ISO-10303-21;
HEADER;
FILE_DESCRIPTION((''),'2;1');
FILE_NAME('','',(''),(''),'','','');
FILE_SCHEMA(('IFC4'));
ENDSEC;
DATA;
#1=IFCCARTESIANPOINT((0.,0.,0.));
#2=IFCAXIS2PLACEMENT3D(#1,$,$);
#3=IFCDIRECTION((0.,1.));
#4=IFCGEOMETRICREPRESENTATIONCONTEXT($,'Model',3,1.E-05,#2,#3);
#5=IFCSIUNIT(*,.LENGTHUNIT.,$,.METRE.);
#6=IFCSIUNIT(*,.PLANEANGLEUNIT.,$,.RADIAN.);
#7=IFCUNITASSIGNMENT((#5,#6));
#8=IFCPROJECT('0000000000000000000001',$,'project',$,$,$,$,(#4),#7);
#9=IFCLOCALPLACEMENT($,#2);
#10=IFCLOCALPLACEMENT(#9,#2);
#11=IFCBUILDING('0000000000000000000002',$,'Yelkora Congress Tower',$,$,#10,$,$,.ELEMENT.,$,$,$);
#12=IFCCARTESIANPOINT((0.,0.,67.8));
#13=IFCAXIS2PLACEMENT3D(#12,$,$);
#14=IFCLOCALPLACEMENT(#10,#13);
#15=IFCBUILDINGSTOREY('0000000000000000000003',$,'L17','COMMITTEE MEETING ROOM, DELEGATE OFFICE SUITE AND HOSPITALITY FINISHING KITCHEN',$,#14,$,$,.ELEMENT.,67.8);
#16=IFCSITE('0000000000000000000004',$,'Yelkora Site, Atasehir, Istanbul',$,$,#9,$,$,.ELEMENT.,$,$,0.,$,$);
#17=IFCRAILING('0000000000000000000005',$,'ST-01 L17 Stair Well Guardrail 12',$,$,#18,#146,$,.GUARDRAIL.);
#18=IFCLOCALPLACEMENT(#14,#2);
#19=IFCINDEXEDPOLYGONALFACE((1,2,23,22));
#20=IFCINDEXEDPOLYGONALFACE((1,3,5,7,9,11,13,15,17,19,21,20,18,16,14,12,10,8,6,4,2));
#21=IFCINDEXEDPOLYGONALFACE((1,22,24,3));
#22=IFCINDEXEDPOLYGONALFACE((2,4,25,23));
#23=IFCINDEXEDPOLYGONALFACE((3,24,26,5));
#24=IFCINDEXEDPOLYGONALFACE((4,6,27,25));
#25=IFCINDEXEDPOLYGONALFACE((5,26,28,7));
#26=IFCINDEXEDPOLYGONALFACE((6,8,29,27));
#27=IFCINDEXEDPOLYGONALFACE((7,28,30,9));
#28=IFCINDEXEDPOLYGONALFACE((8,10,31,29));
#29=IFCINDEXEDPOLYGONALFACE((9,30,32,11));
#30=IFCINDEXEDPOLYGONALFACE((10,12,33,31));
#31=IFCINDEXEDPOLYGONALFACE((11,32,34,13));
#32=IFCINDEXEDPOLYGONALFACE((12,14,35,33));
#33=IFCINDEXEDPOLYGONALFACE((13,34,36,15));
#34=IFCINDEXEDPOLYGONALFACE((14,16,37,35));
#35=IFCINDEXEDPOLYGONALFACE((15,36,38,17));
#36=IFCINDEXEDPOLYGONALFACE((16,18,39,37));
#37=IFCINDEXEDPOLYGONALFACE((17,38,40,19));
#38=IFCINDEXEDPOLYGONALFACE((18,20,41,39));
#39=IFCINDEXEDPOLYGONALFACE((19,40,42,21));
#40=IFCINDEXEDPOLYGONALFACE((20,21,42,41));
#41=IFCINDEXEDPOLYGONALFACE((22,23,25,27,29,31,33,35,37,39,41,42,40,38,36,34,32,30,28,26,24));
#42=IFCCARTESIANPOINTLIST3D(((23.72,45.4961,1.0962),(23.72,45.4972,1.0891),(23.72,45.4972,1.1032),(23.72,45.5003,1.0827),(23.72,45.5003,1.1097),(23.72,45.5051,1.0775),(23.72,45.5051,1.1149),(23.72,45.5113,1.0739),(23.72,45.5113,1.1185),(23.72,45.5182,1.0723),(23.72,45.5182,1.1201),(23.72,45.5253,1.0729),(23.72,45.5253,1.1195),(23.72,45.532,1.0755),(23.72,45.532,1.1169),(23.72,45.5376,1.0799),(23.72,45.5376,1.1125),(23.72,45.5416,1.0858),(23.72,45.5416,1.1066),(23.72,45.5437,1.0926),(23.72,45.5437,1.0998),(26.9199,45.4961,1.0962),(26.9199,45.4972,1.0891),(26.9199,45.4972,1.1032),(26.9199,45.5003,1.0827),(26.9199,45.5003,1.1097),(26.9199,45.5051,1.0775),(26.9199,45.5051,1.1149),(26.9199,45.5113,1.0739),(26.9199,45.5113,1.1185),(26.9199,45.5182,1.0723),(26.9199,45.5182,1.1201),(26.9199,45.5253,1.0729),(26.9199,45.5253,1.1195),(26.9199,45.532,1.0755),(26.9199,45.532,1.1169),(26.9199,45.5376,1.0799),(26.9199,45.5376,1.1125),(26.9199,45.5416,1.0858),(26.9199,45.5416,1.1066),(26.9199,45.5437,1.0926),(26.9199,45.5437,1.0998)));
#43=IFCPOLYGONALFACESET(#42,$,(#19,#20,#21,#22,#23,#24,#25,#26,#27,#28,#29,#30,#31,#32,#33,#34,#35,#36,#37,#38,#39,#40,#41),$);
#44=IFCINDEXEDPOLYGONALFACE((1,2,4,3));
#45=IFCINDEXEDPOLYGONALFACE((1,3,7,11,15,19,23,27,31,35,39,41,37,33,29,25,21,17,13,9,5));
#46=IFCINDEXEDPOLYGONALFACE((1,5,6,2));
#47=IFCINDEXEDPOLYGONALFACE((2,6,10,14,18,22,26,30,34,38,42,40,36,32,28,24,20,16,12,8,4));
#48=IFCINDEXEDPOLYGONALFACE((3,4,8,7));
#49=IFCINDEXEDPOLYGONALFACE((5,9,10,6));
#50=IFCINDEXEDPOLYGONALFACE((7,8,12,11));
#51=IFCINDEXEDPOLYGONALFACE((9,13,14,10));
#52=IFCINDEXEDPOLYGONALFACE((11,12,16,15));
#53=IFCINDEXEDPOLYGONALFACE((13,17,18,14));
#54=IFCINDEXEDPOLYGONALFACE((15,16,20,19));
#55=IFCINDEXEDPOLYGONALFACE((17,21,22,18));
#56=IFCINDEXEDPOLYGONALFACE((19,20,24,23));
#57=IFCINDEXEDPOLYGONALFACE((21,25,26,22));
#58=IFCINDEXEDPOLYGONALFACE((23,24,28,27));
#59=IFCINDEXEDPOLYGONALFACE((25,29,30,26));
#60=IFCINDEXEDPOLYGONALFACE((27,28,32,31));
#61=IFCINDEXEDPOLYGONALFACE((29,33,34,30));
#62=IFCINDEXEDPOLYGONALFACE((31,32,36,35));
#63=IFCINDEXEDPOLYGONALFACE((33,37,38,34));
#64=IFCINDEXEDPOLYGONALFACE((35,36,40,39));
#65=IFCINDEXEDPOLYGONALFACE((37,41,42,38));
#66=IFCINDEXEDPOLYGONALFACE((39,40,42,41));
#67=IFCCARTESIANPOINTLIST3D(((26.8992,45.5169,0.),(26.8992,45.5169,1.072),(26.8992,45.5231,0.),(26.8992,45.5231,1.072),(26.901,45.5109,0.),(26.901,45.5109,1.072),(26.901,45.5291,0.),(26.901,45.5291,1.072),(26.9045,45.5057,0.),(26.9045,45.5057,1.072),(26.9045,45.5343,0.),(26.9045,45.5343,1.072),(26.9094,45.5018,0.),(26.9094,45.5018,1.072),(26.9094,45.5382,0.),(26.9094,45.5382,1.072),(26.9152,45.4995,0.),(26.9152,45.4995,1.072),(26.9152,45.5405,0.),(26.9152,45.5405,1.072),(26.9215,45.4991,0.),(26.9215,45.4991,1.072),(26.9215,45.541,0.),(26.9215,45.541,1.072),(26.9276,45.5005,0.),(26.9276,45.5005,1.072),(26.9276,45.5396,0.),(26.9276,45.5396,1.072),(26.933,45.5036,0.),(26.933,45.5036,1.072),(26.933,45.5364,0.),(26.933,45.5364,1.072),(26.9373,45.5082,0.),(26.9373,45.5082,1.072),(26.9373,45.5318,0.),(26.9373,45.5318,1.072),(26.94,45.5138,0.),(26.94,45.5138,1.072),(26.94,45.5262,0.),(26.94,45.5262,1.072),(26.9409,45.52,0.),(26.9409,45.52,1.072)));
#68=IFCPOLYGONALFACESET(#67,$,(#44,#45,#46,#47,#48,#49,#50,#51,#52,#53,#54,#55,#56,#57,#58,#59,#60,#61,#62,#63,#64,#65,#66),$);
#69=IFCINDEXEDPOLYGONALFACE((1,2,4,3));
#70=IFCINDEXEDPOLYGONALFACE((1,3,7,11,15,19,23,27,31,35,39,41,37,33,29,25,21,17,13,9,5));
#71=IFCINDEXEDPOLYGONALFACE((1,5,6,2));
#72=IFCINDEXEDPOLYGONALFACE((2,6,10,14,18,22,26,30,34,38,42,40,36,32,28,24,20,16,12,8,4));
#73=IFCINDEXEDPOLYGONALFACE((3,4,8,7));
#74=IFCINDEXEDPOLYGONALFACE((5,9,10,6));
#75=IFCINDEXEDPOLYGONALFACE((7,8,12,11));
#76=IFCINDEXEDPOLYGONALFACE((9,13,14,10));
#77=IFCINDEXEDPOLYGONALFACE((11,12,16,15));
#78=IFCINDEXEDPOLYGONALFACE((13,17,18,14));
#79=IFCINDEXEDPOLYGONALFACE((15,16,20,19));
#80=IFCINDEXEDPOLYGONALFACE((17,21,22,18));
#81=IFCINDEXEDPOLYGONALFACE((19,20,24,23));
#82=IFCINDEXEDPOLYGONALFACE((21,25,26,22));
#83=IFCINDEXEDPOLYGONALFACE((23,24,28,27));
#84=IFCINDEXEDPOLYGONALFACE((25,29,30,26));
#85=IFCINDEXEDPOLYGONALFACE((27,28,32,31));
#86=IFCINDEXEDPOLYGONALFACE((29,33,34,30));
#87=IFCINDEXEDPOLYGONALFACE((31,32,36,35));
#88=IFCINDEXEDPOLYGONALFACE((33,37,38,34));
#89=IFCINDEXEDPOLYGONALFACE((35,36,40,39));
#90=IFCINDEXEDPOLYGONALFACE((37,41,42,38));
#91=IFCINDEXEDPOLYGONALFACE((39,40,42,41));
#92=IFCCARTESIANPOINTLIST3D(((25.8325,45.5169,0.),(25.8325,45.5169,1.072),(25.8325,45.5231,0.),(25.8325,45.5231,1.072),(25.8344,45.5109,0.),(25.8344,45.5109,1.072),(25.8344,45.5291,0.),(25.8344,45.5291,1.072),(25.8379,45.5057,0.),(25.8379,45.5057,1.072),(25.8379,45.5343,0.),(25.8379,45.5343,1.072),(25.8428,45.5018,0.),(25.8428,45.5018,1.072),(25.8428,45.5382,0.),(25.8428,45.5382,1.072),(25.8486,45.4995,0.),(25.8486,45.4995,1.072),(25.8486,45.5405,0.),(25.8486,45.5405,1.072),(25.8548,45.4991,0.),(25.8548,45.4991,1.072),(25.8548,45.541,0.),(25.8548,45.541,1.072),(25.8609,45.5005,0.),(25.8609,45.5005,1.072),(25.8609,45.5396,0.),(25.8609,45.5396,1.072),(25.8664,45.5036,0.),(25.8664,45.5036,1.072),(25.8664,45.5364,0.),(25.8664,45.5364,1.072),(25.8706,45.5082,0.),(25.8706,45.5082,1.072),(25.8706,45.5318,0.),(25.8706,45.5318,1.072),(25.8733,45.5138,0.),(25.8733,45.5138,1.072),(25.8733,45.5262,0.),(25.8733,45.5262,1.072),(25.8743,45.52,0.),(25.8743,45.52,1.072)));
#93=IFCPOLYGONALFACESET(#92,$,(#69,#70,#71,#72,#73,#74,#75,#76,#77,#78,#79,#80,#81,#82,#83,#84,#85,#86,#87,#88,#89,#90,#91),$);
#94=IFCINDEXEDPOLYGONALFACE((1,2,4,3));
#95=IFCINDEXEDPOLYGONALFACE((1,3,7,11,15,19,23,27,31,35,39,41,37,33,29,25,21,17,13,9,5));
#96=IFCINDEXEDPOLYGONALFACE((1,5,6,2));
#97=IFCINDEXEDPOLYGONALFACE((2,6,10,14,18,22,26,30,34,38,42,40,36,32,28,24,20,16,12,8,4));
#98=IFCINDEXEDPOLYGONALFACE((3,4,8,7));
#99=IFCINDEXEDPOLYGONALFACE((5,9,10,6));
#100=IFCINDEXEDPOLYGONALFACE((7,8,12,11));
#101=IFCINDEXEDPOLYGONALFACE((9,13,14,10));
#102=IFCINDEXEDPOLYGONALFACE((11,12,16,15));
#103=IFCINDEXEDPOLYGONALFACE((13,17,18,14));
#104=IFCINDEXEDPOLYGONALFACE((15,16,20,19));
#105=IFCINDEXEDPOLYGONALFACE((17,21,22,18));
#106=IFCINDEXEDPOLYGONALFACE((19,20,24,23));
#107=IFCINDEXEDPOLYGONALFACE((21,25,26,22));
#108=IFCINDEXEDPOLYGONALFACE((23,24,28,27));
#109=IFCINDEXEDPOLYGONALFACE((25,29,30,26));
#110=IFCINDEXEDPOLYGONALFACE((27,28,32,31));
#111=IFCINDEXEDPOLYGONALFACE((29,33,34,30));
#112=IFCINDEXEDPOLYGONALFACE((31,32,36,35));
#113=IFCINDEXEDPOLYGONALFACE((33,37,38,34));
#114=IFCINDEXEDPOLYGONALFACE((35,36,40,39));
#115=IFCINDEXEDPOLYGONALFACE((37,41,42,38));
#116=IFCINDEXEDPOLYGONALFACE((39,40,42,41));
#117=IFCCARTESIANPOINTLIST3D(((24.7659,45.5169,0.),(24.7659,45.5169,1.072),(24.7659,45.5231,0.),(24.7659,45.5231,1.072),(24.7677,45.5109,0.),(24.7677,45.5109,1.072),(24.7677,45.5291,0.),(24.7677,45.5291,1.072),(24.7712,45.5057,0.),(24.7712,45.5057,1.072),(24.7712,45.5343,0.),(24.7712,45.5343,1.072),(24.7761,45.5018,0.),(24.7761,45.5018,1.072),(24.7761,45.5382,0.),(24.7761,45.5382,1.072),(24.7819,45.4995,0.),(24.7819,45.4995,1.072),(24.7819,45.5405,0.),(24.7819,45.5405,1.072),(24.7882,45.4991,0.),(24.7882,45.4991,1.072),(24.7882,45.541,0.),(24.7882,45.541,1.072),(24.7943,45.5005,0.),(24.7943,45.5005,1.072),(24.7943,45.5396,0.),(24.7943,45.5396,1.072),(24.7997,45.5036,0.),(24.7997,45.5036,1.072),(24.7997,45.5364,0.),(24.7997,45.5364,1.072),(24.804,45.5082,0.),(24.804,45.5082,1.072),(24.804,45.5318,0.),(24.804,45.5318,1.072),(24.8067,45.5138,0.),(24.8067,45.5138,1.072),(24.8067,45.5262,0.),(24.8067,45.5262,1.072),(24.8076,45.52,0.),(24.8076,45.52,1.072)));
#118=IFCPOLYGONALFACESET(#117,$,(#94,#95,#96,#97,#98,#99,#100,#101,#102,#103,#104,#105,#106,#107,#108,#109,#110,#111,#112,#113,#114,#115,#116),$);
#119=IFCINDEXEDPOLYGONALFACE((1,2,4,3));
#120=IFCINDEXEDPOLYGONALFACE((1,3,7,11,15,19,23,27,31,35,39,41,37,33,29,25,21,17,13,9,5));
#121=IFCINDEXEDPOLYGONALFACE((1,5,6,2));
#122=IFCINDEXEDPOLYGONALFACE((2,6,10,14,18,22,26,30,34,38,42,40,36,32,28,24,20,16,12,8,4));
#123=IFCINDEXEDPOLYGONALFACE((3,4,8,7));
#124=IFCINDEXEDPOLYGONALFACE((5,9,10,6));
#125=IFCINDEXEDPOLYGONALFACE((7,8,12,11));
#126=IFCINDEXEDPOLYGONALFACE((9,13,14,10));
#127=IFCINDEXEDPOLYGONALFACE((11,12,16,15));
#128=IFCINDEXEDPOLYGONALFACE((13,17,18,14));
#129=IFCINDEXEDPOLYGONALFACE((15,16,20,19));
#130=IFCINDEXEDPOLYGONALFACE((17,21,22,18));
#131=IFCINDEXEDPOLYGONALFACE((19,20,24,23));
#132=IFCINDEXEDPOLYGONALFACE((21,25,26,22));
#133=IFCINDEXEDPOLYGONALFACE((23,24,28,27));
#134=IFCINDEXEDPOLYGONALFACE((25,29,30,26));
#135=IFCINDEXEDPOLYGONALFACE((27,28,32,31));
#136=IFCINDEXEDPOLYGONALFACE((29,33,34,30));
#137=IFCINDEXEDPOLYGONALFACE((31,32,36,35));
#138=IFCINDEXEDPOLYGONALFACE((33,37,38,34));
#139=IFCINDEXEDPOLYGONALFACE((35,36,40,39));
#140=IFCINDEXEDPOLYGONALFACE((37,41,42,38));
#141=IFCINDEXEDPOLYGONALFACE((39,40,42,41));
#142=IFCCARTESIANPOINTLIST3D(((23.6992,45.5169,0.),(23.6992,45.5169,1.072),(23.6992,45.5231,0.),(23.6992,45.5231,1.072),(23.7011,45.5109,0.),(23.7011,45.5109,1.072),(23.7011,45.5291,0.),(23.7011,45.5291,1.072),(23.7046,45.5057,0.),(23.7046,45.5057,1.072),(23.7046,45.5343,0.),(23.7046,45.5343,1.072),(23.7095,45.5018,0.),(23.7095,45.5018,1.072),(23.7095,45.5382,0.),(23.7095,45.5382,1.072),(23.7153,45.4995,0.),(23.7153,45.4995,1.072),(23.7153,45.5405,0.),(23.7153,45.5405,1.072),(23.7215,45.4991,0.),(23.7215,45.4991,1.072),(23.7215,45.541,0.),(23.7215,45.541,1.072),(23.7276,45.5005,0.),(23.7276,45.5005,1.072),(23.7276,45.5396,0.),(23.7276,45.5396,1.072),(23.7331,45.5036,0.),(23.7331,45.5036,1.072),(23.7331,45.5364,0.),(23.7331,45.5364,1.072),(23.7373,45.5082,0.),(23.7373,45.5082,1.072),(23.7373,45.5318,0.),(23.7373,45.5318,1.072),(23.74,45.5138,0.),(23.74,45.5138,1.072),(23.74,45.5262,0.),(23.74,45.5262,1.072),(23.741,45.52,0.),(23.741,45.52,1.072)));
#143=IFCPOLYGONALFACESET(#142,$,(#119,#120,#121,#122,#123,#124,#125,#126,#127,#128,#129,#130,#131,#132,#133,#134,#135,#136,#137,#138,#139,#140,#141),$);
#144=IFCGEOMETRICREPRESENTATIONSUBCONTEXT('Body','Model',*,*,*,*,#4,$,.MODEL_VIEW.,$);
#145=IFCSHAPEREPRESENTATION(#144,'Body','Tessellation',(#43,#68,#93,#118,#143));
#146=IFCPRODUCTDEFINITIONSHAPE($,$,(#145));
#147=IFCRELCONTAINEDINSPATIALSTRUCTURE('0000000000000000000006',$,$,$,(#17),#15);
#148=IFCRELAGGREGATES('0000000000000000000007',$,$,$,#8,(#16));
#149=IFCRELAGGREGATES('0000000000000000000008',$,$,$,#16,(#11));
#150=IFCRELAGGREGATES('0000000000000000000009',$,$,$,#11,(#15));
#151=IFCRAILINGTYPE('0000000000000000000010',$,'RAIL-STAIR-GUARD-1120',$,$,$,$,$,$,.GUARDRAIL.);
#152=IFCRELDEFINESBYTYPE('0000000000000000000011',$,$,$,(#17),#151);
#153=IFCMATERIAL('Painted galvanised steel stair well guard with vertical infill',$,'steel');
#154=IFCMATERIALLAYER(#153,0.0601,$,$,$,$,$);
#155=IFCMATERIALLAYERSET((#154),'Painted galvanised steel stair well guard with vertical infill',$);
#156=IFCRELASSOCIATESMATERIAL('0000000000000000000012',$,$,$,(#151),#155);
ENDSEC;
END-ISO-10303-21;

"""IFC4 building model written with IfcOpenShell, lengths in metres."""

from ifc_helpers import new_model, si_unit, direction, frame, origin, origin_2d, place, context, subcontext, project, spatial, circle, extrude, material, layer, layer_set, type_object, element, save


model = new_model("IFC4")

# Units and contexts
model_context = context("Model", 3, precision=1e-05, world=origin(), true_north=direction((0.0, 1.0)))
body_context = subcontext(model_context, "Body", "Model", "MODEL_VIEW")
ifc_project = project(units=[si_unit("LENGTHUNIT", "METRE"), si_unit("PLANEANGLEUNIT", "RADIAN")], contexts=[model_context])

# Site, building, storey
site_placement = place(None, origin())
site = spatial("IfcSite", under=ifc_project, at=site_placement, Name="Yelkora Site, Atasehir, Istanbul", CompositionType="ELEMENT", RefElevation=0.0)
building_placement = place(site_placement, origin())
building = spatial("IfcBuilding", under=site, at=building_placement, Name="Yelkora Congress Tower", CompositionType="ELEMENT")
storey_placement = place(building_placement, frame((0.0, 0.0, 67.8)))
storey = spatial("IfcBuildingStorey", under=building, at=storey_placement, Name="L17", Description="COMMITTEE MEETING ROOM, DELEGATE OFFICE SUITE AND HOSPITALITY FINISHING KITCHEN", CompositionType="ELEMENT", Elevation=67.8)

# Railing
ifc_material_1 = material(Name="Painted galvanised steel stair well guard with vertical infill", Category="steel")
ifc_layer_1 = layer(ifc_material_1, 0.0601)
ifc_layer_set_1 = layer_set([ifc_layer_1], Name="Painted galvanised steel stair well guard with vertical infill")
railing_type_1 = type_object("IfcRailingType", Name="RAIL-STAIR-GUARD-1120", PredefinedType="GUARDRAIL", material=ifc_layer_set_1)
railing_1_placement = place(storey_placement, frame((26.9199, 45.52, 0.0)))
element("IfcRailing", 1, at=railing_1_placement, inside=storey, type_object=railing_type_1, Name="ST-01 L17 Stair Well Guardrail 12", PredefinedType="GUARDRAIL", context=body_context, shape_type="SweptSolid", body=[
    extrude(circle(Radius=0.0239, at=origin_2d()), frame((0.0, 0.0, 1.0962), z_axis=(-1.0, 0.0, 0.0), x_axis=(0.0, -1.0, 0.0)), (0.0, 0.0, 1.0), 3.2),
    extrude(circle(Radius=0.021, at=origin_2d()), origin(), (0.0, 0.0, 1.0), 1.072),
    extrude(circle(Radius=0.021, at=origin_2d()), frame((-1.0667, 0.0, 0.0)), (0.0, 0.0, 1.0), 1.072),
    extrude(circle(Radius=0.021, at=origin_2d()), frame((-2.1333, 0.0, 0.0)), (0.0, 0.0, 1.0), 1.072),
    extrude(circle(Radius=0.021, at=origin_2d()), frame((-3.2, 0.0, 0.0)), (0.0, 0.0, 1.0), 1.072),
])

save(model, "model.ifc")
